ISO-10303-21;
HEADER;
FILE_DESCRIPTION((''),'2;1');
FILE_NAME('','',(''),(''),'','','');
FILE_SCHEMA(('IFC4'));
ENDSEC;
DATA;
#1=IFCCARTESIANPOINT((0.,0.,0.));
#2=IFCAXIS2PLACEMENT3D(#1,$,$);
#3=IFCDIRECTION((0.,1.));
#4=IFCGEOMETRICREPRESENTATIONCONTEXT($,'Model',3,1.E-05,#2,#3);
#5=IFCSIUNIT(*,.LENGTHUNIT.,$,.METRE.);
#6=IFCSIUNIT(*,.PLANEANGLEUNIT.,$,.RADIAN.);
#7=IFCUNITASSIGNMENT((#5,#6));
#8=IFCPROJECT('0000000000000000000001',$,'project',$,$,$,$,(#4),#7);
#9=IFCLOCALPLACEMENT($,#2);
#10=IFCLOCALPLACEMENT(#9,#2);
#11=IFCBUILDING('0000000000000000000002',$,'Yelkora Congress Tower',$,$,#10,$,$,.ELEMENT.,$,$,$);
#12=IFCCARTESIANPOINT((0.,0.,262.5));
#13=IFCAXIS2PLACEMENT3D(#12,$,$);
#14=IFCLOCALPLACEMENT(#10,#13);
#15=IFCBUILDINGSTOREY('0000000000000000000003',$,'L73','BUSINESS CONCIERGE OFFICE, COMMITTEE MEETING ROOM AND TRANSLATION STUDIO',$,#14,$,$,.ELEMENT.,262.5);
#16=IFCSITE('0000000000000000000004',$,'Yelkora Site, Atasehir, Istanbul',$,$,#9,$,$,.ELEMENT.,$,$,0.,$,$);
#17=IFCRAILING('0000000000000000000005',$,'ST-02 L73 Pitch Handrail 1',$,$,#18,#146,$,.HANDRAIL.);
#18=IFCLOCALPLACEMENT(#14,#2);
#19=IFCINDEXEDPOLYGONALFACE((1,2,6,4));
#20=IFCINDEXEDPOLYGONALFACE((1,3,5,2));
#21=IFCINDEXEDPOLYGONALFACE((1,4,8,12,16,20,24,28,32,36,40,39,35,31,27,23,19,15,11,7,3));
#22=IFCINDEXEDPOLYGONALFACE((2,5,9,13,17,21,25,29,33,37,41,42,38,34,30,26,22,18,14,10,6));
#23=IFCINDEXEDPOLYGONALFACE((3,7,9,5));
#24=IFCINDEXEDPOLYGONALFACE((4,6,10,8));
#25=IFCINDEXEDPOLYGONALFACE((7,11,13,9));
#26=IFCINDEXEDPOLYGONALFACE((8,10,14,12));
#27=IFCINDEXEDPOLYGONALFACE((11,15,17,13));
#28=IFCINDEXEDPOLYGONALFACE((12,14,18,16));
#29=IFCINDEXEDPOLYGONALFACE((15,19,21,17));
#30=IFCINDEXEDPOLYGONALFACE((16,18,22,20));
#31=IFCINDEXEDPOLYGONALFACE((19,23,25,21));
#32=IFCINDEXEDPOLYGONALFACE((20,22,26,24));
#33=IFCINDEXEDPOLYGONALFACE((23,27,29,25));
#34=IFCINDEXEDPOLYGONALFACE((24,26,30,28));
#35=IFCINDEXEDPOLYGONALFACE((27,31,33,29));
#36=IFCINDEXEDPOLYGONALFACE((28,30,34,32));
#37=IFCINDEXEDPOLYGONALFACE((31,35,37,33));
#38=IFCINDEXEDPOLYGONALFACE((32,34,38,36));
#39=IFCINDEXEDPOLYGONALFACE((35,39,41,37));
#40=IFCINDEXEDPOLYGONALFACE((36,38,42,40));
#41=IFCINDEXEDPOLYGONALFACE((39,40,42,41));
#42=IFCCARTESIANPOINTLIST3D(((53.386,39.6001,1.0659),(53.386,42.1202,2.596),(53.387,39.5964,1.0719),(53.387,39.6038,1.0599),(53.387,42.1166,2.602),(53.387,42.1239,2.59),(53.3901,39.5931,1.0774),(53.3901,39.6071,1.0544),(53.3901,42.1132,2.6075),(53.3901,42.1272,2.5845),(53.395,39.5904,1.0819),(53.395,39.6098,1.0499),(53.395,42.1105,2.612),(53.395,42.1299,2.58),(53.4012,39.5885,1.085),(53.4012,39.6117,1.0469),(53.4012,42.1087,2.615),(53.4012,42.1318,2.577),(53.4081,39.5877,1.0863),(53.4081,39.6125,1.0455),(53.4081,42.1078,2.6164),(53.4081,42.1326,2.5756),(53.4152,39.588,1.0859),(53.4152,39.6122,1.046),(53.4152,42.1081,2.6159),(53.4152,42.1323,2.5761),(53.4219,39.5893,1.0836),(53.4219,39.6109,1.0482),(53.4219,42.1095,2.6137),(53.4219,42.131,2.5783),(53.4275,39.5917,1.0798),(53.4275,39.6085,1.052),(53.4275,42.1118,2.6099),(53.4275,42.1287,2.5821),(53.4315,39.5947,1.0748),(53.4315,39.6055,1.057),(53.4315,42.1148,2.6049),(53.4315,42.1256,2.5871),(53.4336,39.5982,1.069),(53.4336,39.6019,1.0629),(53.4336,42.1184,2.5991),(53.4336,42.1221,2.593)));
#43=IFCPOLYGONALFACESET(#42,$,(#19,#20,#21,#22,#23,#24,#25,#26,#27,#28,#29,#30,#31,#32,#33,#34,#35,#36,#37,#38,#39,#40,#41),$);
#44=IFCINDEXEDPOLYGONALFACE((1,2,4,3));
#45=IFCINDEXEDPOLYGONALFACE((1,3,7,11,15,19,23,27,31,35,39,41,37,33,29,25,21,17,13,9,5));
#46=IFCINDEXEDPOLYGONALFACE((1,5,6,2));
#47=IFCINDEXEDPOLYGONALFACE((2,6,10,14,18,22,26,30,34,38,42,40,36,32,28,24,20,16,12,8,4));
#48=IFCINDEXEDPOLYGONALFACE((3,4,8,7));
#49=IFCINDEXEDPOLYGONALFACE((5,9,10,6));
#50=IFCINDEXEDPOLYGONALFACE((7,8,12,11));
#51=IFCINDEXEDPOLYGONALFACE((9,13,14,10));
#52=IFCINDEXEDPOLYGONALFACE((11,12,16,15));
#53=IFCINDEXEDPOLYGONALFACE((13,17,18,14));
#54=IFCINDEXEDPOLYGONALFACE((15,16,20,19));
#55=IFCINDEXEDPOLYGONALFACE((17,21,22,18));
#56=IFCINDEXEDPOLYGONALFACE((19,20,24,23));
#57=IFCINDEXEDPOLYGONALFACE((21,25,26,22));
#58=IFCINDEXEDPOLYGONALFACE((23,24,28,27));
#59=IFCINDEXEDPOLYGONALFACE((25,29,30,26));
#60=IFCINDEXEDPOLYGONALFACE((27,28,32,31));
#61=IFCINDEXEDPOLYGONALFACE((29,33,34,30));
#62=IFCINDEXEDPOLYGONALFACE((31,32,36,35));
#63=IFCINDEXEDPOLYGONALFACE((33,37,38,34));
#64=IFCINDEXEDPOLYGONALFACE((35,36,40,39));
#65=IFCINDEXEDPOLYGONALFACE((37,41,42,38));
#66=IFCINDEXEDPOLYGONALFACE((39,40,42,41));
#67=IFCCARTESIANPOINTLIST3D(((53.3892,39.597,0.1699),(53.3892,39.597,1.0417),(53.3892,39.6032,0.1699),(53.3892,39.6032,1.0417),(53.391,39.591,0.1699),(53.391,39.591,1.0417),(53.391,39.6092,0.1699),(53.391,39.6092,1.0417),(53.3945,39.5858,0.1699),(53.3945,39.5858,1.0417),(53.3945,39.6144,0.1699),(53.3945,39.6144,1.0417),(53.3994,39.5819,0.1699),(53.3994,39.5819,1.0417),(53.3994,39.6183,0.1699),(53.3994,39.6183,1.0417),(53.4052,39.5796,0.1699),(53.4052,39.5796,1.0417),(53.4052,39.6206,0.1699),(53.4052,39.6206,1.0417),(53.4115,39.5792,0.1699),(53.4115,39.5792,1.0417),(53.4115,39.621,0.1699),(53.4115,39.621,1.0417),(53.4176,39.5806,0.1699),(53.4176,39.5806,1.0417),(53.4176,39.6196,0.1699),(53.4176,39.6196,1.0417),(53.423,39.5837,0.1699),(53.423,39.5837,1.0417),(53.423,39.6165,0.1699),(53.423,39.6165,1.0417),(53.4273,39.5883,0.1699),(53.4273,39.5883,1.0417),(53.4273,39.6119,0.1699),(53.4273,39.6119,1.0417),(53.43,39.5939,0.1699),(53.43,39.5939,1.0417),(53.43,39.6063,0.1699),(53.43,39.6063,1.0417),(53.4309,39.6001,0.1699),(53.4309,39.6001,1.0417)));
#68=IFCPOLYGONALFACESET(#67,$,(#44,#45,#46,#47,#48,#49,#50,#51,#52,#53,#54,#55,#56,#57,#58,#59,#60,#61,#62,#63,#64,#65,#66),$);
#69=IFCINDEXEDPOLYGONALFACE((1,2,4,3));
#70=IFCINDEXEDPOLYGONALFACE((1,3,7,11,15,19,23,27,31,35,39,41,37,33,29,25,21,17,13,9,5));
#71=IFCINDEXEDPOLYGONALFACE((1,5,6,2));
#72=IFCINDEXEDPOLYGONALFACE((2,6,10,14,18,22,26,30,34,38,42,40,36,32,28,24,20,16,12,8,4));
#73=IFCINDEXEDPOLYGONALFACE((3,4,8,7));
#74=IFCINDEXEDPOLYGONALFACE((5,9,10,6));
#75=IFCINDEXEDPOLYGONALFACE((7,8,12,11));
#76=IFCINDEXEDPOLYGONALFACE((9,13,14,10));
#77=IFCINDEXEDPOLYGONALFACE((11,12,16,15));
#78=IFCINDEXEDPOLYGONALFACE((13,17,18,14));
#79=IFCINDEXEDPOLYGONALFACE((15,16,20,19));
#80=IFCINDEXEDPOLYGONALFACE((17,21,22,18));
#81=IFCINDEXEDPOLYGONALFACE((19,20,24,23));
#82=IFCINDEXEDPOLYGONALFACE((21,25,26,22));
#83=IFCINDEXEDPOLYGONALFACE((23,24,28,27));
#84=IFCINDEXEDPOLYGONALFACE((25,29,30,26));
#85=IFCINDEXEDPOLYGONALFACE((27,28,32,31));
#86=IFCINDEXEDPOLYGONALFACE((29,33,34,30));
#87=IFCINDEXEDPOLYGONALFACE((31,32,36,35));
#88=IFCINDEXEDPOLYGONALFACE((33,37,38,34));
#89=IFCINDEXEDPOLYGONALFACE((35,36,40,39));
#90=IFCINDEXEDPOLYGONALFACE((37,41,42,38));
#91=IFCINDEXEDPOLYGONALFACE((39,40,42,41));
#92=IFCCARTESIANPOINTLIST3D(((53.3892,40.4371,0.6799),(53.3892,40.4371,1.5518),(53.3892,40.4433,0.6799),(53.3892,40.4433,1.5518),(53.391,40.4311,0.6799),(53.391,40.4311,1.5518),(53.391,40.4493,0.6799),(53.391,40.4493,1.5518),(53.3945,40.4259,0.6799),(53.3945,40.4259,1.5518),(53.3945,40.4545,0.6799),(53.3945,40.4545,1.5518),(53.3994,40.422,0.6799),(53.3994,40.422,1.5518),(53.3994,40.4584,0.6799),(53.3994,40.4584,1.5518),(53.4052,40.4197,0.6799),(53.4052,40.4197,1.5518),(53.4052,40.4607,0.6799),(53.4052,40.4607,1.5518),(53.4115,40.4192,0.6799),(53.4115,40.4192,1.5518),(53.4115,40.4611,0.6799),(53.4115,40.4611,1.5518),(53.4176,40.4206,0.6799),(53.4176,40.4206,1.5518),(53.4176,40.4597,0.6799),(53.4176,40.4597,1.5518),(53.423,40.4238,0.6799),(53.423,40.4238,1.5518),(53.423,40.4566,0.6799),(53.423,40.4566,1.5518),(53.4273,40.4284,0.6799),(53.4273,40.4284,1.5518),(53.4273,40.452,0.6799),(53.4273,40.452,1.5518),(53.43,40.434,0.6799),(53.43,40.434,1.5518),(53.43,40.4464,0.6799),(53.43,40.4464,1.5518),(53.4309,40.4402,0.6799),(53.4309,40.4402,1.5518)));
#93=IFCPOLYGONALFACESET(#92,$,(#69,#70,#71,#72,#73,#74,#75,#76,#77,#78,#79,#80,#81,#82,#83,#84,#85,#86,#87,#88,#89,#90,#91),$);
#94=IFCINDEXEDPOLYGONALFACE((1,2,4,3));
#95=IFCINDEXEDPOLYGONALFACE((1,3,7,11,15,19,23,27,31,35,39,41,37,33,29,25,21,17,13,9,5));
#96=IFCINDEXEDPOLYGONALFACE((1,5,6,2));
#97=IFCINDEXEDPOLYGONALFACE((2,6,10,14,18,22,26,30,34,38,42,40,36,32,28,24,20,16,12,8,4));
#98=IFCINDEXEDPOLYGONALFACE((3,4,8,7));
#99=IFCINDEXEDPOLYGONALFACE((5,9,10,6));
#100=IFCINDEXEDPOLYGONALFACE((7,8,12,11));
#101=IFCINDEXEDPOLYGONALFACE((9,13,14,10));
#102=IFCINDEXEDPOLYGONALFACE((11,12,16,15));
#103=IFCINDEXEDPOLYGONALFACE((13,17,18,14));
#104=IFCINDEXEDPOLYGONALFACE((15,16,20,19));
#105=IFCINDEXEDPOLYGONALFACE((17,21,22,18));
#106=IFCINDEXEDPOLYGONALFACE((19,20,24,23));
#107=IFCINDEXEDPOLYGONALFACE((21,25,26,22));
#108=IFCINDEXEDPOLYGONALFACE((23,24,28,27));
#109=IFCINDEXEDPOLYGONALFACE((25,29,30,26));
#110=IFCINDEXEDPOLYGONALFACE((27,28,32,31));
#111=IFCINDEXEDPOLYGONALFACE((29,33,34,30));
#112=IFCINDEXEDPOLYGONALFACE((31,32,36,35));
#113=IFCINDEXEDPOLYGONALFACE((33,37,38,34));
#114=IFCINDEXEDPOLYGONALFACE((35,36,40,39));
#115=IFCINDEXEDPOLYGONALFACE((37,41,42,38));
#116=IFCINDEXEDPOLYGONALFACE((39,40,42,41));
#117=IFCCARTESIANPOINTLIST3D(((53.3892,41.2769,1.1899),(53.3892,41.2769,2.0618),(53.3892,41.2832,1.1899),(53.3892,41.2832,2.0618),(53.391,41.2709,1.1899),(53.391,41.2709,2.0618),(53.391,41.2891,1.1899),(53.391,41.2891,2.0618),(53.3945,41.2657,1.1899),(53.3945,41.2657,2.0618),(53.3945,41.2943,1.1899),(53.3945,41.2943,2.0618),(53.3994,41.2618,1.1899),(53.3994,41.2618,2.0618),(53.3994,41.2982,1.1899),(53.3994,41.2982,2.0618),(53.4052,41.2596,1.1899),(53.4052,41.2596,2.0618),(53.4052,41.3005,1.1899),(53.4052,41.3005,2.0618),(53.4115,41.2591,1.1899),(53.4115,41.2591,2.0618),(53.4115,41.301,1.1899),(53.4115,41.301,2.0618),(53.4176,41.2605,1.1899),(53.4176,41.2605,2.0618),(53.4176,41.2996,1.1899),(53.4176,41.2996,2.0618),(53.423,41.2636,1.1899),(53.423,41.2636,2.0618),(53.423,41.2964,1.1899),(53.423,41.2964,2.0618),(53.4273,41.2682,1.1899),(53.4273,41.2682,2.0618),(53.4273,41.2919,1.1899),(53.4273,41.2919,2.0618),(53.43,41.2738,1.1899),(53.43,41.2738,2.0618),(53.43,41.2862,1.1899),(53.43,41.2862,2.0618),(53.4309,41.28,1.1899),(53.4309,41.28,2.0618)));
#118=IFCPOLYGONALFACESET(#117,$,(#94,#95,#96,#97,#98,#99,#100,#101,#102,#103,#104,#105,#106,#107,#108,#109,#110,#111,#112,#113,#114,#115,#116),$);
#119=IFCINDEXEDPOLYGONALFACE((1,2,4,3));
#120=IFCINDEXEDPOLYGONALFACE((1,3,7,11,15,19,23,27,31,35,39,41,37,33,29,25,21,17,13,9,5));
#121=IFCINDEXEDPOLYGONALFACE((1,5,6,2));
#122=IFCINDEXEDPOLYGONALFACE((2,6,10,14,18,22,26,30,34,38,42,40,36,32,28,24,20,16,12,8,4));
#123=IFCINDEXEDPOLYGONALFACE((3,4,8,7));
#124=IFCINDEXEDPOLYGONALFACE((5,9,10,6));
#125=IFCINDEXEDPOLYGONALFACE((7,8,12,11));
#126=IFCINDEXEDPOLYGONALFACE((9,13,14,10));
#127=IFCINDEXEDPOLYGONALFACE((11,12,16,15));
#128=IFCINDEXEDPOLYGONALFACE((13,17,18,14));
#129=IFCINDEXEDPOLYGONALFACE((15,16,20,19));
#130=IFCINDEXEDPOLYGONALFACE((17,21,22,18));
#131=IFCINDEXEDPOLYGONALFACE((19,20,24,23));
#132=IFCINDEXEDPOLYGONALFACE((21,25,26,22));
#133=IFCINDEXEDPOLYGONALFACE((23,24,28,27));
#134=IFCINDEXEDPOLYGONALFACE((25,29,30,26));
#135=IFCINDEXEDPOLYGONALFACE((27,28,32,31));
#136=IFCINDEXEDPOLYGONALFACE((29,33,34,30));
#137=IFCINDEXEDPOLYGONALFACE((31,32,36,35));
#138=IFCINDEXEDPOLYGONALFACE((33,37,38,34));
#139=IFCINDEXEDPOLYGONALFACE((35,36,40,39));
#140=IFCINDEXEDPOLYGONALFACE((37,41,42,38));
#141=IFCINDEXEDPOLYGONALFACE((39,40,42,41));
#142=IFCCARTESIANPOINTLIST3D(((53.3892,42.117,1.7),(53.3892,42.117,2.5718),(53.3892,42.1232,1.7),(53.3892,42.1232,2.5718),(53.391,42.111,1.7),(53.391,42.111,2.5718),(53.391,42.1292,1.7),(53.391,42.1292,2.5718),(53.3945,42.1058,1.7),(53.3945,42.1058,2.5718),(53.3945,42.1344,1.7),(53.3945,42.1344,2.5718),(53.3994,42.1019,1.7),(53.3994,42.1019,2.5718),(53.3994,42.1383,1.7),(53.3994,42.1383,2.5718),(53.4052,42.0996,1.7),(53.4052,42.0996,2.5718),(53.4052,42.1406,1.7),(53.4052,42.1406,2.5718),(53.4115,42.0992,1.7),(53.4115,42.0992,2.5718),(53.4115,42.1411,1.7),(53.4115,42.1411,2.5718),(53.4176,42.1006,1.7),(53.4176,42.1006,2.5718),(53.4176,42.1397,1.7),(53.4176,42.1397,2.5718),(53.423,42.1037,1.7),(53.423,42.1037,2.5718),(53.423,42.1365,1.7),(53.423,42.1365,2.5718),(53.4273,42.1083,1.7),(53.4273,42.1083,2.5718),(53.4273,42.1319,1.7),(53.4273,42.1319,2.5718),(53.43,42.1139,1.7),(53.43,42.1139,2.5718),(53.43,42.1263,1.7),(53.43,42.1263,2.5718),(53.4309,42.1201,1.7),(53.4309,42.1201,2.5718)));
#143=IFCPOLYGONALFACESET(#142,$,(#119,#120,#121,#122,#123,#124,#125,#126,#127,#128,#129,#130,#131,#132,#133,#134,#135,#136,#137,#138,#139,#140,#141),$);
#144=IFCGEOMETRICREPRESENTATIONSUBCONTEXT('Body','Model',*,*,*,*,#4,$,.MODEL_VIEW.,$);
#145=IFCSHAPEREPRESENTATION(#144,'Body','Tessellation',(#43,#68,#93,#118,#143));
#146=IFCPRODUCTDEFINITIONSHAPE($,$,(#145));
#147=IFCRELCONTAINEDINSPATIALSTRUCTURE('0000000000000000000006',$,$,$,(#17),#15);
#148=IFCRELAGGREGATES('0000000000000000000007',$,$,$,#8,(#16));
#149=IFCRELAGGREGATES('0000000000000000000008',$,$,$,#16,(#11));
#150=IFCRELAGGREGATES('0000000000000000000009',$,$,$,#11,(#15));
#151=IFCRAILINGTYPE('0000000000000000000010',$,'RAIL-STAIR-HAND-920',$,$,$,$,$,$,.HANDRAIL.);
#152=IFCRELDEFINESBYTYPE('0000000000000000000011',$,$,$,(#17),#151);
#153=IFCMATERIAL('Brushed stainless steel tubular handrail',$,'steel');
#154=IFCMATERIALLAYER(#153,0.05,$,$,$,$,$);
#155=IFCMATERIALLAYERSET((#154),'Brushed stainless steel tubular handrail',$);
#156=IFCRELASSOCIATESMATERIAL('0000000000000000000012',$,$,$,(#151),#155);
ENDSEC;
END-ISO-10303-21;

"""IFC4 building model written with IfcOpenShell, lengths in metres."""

from ifc_helpers import new_model, si_unit, direction, frame, origin, origin_2d, place, context, subcontext, project, spatial, circle, extrude, material, layer, layer_set, type_object, element, save


model = new_model("IFC4")

# Units and contexts
model_context = context("Model", 3, precision=1e-05, world=origin(), true_north=direction((0.0, 1.0)))
body_context = subcontext(model_context, "Body", "Model", "MODEL_VIEW")
ifc_project = project(units=[si_unit("LENGTHUNIT", "METRE"), si_unit("PLANEANGLEUNIT", "RADIAN")], contexts=[model_context])

# Site, building, storey
site_placement = place(None, origin())
site = spatial("IfcSite", under=ifc_project, at=site_placement, Name="Yelkora Site, Atasehir, Istanbul", CompositionType="ELEMENT", RefElevation=0.0)
building_placement = place(site_placement, origin())
building = spatial("IfcBuilding", under=site, at=building_placement, Name="Yelkora Congress Tower", CompositionType="ELEMENT")
storey_placement = place(building_placement, frame((0.0, 0.0, 262.5)))
storey = spatial("IfcBuildingStorey", under=building, at=storey_placement, Name="L73", Description="BUSINESS CONCIERGE OFFICE, COMMITTEE MEETING ROOM AND TRANSLATION STUDIO", CompositionType="ELEMENT", Elevation=262.5)

# Railing
ifc_material_1 = material(Name="Brushed stainless steel tubular handrail", Category="steel")
ifc_layer_1 = layer(ifc_material_1, 0.05)
ifc_layer_set_1 = layer_set([ifc_layer_1], Name="Brushed stainless steel tubular handrail")
railing_type_1 = type_object("IfcRailingType", Name="RAIL-STAIR-HAND-920", PredefinedType="HANDRAIL", material=ifc_layer_set_1)
railing_1_placement = place(storey_placement, frame((53.4099, 39.6001, 0.1699)))
element("IfcRailing", 1, at=railing_1_placement, inside=storey, type_object=railing_type_1, Name="ST-02 L73 Pitch Handrail 1", PredefinedType="HANDRAIL", context=body_context, shape_type="SweptSolid", body=[
    extrude(circle(Radius=0.0239, at=origin_2d()), frame((0.0, 0.0, 0.896), z_axis=(0.0, 0.854785, 0.518982), x_axis=(-1.0, 0.0, 0.0)), (0.0, 0.0, 1.0), 2.9482),
    extrude(circle(Radius=0.021, at=origin_2d()), origin(), (0.0, 0.0, 1.0), 0.8718),
    extrude(circle(Radius=0.021, at=origin_2d()), frame((0.0, 0.8401, 0.51)), (0.0, 0.0, 1.0), 0.8718),
    extrude(circle(Radius=0.021, at=origin_2d()), frame((0.0, 1.6799, 1.02)), (0.0, 0.0, 1.0), 0.8718),
    extrude(circle(Radius=0.021, at=origin_2d()), frame((0.0, 2.52, 1.53)), (0.0, 0.0, 1.0), 0.8718),
])

save(model, "model.ifc")
